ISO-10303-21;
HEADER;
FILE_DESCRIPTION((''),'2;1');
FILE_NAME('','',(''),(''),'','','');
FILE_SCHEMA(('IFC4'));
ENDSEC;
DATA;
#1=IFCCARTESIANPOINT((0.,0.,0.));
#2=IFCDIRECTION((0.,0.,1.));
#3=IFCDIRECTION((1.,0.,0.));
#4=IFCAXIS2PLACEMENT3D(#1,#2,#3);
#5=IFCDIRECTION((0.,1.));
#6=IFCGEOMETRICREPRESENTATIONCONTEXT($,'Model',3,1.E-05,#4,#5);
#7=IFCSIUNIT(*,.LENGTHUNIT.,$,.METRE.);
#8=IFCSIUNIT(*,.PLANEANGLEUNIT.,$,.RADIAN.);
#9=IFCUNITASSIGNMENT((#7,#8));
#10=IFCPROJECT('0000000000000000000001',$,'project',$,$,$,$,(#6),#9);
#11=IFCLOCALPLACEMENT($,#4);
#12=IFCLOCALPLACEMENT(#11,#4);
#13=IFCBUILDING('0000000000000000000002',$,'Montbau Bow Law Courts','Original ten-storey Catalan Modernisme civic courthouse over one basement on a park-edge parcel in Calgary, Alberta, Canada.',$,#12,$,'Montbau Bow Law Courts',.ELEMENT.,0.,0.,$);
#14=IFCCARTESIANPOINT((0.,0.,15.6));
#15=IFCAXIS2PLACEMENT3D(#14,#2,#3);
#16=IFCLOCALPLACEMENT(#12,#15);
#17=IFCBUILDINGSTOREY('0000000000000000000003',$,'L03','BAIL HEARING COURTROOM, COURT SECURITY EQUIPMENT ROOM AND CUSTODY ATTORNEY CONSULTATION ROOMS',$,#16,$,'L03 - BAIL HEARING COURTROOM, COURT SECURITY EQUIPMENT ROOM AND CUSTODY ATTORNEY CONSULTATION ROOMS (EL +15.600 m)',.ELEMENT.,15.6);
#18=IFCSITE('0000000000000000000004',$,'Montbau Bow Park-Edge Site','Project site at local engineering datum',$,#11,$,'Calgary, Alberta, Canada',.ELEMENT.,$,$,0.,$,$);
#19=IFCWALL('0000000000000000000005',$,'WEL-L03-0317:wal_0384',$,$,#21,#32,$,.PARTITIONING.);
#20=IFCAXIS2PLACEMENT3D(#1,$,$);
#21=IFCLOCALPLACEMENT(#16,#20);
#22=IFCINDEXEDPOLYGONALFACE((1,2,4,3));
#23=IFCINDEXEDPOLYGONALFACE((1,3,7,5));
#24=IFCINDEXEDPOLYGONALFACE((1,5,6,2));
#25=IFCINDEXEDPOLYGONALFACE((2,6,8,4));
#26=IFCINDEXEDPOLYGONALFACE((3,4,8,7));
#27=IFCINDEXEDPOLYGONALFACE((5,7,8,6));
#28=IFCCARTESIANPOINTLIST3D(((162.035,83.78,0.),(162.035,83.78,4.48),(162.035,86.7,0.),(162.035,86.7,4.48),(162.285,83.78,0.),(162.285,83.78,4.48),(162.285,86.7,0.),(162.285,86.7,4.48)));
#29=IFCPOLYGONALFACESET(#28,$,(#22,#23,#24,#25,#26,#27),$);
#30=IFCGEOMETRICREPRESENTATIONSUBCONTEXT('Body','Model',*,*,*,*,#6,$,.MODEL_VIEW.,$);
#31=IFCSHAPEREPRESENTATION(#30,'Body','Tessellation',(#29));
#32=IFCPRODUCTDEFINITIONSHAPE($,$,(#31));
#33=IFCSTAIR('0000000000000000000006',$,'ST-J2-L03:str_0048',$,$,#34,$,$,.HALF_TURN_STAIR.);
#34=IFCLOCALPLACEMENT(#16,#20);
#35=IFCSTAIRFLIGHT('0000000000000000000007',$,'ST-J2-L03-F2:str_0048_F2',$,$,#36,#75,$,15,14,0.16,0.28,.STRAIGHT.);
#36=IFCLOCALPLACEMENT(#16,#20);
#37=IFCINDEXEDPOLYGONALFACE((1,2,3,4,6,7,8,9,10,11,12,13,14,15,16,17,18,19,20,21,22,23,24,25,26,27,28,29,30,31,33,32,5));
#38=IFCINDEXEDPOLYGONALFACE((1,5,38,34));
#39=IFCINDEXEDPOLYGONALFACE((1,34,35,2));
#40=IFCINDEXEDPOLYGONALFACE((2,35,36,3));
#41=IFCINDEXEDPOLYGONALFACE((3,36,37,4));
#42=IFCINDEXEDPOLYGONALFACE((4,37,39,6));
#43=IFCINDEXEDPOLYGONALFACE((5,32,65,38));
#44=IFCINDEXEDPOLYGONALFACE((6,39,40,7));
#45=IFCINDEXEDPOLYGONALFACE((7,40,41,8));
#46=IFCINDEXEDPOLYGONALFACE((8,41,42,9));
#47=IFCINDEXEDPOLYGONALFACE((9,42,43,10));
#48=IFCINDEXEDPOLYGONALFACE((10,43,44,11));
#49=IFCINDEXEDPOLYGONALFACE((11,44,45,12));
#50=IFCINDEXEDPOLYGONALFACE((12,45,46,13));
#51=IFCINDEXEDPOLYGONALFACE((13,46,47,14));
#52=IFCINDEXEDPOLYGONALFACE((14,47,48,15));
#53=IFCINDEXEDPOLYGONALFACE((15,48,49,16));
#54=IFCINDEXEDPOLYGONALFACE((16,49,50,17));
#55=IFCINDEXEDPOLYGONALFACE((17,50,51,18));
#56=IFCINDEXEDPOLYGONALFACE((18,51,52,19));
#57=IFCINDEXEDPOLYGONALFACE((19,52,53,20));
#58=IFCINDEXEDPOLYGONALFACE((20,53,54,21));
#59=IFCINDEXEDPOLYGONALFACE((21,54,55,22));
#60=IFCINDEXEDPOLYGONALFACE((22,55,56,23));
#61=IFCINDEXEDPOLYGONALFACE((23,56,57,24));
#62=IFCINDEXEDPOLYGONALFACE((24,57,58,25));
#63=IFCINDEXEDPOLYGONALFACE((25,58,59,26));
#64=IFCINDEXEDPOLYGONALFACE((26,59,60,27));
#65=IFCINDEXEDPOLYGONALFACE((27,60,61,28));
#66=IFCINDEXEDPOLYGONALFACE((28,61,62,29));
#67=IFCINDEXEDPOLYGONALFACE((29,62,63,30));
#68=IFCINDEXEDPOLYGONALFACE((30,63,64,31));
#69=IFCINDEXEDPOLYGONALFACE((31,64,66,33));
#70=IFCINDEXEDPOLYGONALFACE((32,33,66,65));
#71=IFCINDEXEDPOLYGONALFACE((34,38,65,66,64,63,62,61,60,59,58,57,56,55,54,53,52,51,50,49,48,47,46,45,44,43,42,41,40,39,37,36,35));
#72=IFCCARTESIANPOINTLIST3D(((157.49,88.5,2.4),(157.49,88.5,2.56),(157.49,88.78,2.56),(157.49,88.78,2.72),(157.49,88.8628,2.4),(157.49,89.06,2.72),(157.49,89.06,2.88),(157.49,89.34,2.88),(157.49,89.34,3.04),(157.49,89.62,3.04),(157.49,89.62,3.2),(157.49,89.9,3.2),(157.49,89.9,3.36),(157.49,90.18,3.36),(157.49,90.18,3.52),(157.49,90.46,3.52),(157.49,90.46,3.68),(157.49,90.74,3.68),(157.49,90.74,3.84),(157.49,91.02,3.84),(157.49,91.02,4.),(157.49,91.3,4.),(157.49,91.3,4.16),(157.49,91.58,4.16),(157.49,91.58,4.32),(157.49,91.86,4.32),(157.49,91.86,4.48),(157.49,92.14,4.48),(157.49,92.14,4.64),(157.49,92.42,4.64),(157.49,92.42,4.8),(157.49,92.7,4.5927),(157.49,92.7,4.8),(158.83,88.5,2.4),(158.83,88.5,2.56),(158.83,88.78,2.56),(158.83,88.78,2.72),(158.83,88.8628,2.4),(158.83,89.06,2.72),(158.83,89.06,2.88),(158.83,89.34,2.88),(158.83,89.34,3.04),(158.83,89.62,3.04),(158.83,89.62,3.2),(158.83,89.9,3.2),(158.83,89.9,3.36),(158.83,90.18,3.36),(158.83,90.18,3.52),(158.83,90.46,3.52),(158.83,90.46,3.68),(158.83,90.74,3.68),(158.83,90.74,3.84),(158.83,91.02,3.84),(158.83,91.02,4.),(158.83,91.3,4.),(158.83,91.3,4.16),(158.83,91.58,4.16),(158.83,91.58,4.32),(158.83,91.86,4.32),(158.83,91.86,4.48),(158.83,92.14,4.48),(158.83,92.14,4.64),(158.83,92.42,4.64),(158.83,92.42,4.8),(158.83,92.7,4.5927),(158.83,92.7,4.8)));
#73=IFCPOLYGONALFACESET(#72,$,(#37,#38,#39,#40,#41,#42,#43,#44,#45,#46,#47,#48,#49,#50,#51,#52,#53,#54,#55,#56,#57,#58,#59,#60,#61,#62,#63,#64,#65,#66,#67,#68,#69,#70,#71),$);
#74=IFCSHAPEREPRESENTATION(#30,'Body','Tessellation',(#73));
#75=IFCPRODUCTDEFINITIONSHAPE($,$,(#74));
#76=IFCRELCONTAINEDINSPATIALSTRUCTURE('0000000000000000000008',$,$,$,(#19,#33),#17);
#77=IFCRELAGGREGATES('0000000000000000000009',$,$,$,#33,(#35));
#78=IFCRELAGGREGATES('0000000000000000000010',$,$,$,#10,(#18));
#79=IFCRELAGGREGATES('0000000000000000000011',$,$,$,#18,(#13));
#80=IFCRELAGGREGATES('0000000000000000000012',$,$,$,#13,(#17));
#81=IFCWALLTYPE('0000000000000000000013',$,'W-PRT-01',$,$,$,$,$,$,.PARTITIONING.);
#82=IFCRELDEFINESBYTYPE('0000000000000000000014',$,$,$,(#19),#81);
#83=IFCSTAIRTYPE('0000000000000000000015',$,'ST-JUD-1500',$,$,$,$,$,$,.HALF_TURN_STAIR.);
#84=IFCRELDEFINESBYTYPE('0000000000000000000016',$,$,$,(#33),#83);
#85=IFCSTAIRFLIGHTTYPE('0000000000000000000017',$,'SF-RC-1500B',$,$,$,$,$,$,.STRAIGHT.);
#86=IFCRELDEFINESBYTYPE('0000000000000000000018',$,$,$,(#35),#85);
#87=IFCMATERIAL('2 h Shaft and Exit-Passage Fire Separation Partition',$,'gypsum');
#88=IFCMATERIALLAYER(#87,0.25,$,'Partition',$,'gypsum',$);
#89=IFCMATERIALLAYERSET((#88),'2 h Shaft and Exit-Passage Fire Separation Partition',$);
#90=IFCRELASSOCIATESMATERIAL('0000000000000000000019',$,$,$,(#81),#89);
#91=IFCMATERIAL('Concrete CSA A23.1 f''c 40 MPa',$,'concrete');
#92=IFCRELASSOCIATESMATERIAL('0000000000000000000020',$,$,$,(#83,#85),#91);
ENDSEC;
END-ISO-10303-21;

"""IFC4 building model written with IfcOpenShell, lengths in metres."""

from ifc_helpers import new_model, si_unit, direction, frame, frame_2d, origin_with_axes, place, context, subcontext, project, spatial, polyline, rectangle, outline, extrude, material, layer, layer_set, type_object, element, aggregate, save


model = new_model("IFC4")

# Units and contexts
model_context = context("Model", 3, precision=1e-05, world=origin_with_axes(), true_north=direction((0.0, 1.0)))
body_context = subcontext(model_context, "Body", "Model", "MODEL_VIEW")
ifc_project = project(units=[si_unit("LENGTHUNIT", "METRE"), si_unit("PLANEANGLEUNIT", "RADIAN")], contexts=[model_context])

# Site, building, storey
site_placement = place(None, origin_with_axes())
site = spatial("IfcSite", under=ifc_project, at=site_placement, Name="Montbau Bow Park-Edge Site", Description="Project site at local engineering datum", LongName="Calgary, Alberta, Canada", CompositionType="ELEMENT", RefElevation=0.0)
building_placement = place(site_placement, origin_with_axes())
building = spatial("IfcBuilding", under=site, at=building_placement, Name="Montbau Bow Law Courts", Description="Original ten-storey Catalan Modernisme civic courthouse over one basement on a park-edge parcel in Calgary, Alberta, Canada.", LongName="Montbau Bow Law Courts", CompositionType="ELEMENT", ElevationOfRefHeight=0.0, ElevationOfTerrain=0.0)
storey_placement = place(building_placement, frame((0.0, 0.0, 15.6), z_axis=(0.0, 0.0, 1.0), x_axis=(1.0, 0.0, 0.0)))
storey = spatial("IfcBuildingStorey", under=building, at=storey_placement, Name="L03", Description="BAIL HEARING COURTROOM, COURT SECURITY EQUIPMENT ROOM AND CUSTODY ATTORNEY CONSULTATION ROOMS", LongName="L03 - BAIL HEARING COURTROOM, COURT SECURITY EQUIPMENT ROOM AND CUSTODY ATTORNEY CONSULTATION ROOMS (EL +15.600 m)", CompositionType="ELEMENT", Elevation=15.6)

# Wall
ifc_material_1 = material(Name="2 h Shaft and Exit-Passage Fire Separation Partition", Category="gypsum")
ifc_layer_1 = layer(ifc_material_1, 0.25, Name="Partition", Category="gypsum")
ifc_layer_set_1 = layer_set([ifc_layer_1], Name="2 h Shaft and Exit-Passage Fire Separation Partition")
wall_type_1 = type_object("IfcWallType", Name="W-PRT-01", PredefinedType="PARTITIONING", material=ifc_layer_set_1)
wall_1_placement = place(None, frame((162.16, 83.78, 15.6), z_axis=(0.0, 0.0, 1.0), x_axis=(0.0, 1.0, 0.0)))
element("IfcWall", 1, at=wall_1_placement, inside=storey, type_object=wall_type_1, Name="WEL-L03-0317:wal_0384", PredefinedType="PARTITIONING", context=body_context, shape_type="SweptSolid", body=[
    extrude(rectangle(XDim=2.92, YDim=0.25, at=frame_2d((1.46, 0.0), x_axis=(1.0, 0.0))), origin_with_axes(), (0.0, 0.0, 1.0), 4.48),
])

# Stair, stair flight
ifc_material_2 = material(Name="Concrete CSA A23.1 f'c 40 MPa", Category="concrete")
stair_type = type_object("IfcStairType", Name="ST-JUD-1500", PredefinedType="HALF_TURN_STAIR", material=ifc_material_2)
stair_placement = place(None, frame((156.265, 92.7, 15.6), z_axis=(0.0, 0.0, 1.0), x_axis=(1.0, 0.0, 0.0)))
stair = element("IfcStair", 2, at=stair_placement, inside=storey, type_object=stair_type, Name="ST-J2-L03:str_0048", PredefinedType="HALF_TURN_STAIR")
stair_flight_type = type_object("IfcStairFlightType", Name="SF-RC-1500B", PredefinedType="STRAIGHT", material=ifc_material_2)
stair_flight_placement = place(None, frame((158.16, 88.5, 18.0), z_axis=(0.0, 0.0, 1.0), x_axis=(0.0, 1.0, 0.0)))
stair_flight = element("IfcStairFlight", 3, at=stair_flight_placement, type_object=stair_flight_type, Name="ST-J2-L03-F2:str_0048_F2", NumberOfRisers=15, NumberOfTreads=14, PredefinedType="STRAIGHT", RiserHeight=0.16, TreadLength=0.28, context=body_context, shape_type="SweptSolid", body=[
    extrude(outline(polyline([(0.0, 0.0), (0.0, 0.16), (0.28, 0.16), (0.28, 0.32), (0.56, 0.32), (0.56, 0.48), (0.84, 0.48), (0.84, 0.64), (1.12, 0.64), (1.12, 0.8), (1.4, 0.8), (1.4, 0.96), (1.68, 0.96), (1.68, 1.12), (1.96, 1.12), (1.96, 1.28), (2.24, 1.28), (2.24, 1.44), (2.52, 1.44), (2.52, 1.6), (2.8, 1.6), (2.8, 1.76), (3.08, 1.76), (3.08, 1.92), (3.36, 1.92), (3.36, 2.08), (3.64, 2.08), (3.64, 2.24), (3.92, 2.24), (3.92, 2.4), (4.2, 2.4), (4.2, 2.1927), (0.3628, 0.0), (0.0, 0.0)])), frame((0.0, 0.67, 0.0), z_axis=(0.0, -1.0, 0.0), x_axis=(1.0, 0.0, 0.0)), (0.0, 0.0, 1.0), 1.34),
])
aggregate(stair, [stair_flight])

save(model, "model.ifc")
